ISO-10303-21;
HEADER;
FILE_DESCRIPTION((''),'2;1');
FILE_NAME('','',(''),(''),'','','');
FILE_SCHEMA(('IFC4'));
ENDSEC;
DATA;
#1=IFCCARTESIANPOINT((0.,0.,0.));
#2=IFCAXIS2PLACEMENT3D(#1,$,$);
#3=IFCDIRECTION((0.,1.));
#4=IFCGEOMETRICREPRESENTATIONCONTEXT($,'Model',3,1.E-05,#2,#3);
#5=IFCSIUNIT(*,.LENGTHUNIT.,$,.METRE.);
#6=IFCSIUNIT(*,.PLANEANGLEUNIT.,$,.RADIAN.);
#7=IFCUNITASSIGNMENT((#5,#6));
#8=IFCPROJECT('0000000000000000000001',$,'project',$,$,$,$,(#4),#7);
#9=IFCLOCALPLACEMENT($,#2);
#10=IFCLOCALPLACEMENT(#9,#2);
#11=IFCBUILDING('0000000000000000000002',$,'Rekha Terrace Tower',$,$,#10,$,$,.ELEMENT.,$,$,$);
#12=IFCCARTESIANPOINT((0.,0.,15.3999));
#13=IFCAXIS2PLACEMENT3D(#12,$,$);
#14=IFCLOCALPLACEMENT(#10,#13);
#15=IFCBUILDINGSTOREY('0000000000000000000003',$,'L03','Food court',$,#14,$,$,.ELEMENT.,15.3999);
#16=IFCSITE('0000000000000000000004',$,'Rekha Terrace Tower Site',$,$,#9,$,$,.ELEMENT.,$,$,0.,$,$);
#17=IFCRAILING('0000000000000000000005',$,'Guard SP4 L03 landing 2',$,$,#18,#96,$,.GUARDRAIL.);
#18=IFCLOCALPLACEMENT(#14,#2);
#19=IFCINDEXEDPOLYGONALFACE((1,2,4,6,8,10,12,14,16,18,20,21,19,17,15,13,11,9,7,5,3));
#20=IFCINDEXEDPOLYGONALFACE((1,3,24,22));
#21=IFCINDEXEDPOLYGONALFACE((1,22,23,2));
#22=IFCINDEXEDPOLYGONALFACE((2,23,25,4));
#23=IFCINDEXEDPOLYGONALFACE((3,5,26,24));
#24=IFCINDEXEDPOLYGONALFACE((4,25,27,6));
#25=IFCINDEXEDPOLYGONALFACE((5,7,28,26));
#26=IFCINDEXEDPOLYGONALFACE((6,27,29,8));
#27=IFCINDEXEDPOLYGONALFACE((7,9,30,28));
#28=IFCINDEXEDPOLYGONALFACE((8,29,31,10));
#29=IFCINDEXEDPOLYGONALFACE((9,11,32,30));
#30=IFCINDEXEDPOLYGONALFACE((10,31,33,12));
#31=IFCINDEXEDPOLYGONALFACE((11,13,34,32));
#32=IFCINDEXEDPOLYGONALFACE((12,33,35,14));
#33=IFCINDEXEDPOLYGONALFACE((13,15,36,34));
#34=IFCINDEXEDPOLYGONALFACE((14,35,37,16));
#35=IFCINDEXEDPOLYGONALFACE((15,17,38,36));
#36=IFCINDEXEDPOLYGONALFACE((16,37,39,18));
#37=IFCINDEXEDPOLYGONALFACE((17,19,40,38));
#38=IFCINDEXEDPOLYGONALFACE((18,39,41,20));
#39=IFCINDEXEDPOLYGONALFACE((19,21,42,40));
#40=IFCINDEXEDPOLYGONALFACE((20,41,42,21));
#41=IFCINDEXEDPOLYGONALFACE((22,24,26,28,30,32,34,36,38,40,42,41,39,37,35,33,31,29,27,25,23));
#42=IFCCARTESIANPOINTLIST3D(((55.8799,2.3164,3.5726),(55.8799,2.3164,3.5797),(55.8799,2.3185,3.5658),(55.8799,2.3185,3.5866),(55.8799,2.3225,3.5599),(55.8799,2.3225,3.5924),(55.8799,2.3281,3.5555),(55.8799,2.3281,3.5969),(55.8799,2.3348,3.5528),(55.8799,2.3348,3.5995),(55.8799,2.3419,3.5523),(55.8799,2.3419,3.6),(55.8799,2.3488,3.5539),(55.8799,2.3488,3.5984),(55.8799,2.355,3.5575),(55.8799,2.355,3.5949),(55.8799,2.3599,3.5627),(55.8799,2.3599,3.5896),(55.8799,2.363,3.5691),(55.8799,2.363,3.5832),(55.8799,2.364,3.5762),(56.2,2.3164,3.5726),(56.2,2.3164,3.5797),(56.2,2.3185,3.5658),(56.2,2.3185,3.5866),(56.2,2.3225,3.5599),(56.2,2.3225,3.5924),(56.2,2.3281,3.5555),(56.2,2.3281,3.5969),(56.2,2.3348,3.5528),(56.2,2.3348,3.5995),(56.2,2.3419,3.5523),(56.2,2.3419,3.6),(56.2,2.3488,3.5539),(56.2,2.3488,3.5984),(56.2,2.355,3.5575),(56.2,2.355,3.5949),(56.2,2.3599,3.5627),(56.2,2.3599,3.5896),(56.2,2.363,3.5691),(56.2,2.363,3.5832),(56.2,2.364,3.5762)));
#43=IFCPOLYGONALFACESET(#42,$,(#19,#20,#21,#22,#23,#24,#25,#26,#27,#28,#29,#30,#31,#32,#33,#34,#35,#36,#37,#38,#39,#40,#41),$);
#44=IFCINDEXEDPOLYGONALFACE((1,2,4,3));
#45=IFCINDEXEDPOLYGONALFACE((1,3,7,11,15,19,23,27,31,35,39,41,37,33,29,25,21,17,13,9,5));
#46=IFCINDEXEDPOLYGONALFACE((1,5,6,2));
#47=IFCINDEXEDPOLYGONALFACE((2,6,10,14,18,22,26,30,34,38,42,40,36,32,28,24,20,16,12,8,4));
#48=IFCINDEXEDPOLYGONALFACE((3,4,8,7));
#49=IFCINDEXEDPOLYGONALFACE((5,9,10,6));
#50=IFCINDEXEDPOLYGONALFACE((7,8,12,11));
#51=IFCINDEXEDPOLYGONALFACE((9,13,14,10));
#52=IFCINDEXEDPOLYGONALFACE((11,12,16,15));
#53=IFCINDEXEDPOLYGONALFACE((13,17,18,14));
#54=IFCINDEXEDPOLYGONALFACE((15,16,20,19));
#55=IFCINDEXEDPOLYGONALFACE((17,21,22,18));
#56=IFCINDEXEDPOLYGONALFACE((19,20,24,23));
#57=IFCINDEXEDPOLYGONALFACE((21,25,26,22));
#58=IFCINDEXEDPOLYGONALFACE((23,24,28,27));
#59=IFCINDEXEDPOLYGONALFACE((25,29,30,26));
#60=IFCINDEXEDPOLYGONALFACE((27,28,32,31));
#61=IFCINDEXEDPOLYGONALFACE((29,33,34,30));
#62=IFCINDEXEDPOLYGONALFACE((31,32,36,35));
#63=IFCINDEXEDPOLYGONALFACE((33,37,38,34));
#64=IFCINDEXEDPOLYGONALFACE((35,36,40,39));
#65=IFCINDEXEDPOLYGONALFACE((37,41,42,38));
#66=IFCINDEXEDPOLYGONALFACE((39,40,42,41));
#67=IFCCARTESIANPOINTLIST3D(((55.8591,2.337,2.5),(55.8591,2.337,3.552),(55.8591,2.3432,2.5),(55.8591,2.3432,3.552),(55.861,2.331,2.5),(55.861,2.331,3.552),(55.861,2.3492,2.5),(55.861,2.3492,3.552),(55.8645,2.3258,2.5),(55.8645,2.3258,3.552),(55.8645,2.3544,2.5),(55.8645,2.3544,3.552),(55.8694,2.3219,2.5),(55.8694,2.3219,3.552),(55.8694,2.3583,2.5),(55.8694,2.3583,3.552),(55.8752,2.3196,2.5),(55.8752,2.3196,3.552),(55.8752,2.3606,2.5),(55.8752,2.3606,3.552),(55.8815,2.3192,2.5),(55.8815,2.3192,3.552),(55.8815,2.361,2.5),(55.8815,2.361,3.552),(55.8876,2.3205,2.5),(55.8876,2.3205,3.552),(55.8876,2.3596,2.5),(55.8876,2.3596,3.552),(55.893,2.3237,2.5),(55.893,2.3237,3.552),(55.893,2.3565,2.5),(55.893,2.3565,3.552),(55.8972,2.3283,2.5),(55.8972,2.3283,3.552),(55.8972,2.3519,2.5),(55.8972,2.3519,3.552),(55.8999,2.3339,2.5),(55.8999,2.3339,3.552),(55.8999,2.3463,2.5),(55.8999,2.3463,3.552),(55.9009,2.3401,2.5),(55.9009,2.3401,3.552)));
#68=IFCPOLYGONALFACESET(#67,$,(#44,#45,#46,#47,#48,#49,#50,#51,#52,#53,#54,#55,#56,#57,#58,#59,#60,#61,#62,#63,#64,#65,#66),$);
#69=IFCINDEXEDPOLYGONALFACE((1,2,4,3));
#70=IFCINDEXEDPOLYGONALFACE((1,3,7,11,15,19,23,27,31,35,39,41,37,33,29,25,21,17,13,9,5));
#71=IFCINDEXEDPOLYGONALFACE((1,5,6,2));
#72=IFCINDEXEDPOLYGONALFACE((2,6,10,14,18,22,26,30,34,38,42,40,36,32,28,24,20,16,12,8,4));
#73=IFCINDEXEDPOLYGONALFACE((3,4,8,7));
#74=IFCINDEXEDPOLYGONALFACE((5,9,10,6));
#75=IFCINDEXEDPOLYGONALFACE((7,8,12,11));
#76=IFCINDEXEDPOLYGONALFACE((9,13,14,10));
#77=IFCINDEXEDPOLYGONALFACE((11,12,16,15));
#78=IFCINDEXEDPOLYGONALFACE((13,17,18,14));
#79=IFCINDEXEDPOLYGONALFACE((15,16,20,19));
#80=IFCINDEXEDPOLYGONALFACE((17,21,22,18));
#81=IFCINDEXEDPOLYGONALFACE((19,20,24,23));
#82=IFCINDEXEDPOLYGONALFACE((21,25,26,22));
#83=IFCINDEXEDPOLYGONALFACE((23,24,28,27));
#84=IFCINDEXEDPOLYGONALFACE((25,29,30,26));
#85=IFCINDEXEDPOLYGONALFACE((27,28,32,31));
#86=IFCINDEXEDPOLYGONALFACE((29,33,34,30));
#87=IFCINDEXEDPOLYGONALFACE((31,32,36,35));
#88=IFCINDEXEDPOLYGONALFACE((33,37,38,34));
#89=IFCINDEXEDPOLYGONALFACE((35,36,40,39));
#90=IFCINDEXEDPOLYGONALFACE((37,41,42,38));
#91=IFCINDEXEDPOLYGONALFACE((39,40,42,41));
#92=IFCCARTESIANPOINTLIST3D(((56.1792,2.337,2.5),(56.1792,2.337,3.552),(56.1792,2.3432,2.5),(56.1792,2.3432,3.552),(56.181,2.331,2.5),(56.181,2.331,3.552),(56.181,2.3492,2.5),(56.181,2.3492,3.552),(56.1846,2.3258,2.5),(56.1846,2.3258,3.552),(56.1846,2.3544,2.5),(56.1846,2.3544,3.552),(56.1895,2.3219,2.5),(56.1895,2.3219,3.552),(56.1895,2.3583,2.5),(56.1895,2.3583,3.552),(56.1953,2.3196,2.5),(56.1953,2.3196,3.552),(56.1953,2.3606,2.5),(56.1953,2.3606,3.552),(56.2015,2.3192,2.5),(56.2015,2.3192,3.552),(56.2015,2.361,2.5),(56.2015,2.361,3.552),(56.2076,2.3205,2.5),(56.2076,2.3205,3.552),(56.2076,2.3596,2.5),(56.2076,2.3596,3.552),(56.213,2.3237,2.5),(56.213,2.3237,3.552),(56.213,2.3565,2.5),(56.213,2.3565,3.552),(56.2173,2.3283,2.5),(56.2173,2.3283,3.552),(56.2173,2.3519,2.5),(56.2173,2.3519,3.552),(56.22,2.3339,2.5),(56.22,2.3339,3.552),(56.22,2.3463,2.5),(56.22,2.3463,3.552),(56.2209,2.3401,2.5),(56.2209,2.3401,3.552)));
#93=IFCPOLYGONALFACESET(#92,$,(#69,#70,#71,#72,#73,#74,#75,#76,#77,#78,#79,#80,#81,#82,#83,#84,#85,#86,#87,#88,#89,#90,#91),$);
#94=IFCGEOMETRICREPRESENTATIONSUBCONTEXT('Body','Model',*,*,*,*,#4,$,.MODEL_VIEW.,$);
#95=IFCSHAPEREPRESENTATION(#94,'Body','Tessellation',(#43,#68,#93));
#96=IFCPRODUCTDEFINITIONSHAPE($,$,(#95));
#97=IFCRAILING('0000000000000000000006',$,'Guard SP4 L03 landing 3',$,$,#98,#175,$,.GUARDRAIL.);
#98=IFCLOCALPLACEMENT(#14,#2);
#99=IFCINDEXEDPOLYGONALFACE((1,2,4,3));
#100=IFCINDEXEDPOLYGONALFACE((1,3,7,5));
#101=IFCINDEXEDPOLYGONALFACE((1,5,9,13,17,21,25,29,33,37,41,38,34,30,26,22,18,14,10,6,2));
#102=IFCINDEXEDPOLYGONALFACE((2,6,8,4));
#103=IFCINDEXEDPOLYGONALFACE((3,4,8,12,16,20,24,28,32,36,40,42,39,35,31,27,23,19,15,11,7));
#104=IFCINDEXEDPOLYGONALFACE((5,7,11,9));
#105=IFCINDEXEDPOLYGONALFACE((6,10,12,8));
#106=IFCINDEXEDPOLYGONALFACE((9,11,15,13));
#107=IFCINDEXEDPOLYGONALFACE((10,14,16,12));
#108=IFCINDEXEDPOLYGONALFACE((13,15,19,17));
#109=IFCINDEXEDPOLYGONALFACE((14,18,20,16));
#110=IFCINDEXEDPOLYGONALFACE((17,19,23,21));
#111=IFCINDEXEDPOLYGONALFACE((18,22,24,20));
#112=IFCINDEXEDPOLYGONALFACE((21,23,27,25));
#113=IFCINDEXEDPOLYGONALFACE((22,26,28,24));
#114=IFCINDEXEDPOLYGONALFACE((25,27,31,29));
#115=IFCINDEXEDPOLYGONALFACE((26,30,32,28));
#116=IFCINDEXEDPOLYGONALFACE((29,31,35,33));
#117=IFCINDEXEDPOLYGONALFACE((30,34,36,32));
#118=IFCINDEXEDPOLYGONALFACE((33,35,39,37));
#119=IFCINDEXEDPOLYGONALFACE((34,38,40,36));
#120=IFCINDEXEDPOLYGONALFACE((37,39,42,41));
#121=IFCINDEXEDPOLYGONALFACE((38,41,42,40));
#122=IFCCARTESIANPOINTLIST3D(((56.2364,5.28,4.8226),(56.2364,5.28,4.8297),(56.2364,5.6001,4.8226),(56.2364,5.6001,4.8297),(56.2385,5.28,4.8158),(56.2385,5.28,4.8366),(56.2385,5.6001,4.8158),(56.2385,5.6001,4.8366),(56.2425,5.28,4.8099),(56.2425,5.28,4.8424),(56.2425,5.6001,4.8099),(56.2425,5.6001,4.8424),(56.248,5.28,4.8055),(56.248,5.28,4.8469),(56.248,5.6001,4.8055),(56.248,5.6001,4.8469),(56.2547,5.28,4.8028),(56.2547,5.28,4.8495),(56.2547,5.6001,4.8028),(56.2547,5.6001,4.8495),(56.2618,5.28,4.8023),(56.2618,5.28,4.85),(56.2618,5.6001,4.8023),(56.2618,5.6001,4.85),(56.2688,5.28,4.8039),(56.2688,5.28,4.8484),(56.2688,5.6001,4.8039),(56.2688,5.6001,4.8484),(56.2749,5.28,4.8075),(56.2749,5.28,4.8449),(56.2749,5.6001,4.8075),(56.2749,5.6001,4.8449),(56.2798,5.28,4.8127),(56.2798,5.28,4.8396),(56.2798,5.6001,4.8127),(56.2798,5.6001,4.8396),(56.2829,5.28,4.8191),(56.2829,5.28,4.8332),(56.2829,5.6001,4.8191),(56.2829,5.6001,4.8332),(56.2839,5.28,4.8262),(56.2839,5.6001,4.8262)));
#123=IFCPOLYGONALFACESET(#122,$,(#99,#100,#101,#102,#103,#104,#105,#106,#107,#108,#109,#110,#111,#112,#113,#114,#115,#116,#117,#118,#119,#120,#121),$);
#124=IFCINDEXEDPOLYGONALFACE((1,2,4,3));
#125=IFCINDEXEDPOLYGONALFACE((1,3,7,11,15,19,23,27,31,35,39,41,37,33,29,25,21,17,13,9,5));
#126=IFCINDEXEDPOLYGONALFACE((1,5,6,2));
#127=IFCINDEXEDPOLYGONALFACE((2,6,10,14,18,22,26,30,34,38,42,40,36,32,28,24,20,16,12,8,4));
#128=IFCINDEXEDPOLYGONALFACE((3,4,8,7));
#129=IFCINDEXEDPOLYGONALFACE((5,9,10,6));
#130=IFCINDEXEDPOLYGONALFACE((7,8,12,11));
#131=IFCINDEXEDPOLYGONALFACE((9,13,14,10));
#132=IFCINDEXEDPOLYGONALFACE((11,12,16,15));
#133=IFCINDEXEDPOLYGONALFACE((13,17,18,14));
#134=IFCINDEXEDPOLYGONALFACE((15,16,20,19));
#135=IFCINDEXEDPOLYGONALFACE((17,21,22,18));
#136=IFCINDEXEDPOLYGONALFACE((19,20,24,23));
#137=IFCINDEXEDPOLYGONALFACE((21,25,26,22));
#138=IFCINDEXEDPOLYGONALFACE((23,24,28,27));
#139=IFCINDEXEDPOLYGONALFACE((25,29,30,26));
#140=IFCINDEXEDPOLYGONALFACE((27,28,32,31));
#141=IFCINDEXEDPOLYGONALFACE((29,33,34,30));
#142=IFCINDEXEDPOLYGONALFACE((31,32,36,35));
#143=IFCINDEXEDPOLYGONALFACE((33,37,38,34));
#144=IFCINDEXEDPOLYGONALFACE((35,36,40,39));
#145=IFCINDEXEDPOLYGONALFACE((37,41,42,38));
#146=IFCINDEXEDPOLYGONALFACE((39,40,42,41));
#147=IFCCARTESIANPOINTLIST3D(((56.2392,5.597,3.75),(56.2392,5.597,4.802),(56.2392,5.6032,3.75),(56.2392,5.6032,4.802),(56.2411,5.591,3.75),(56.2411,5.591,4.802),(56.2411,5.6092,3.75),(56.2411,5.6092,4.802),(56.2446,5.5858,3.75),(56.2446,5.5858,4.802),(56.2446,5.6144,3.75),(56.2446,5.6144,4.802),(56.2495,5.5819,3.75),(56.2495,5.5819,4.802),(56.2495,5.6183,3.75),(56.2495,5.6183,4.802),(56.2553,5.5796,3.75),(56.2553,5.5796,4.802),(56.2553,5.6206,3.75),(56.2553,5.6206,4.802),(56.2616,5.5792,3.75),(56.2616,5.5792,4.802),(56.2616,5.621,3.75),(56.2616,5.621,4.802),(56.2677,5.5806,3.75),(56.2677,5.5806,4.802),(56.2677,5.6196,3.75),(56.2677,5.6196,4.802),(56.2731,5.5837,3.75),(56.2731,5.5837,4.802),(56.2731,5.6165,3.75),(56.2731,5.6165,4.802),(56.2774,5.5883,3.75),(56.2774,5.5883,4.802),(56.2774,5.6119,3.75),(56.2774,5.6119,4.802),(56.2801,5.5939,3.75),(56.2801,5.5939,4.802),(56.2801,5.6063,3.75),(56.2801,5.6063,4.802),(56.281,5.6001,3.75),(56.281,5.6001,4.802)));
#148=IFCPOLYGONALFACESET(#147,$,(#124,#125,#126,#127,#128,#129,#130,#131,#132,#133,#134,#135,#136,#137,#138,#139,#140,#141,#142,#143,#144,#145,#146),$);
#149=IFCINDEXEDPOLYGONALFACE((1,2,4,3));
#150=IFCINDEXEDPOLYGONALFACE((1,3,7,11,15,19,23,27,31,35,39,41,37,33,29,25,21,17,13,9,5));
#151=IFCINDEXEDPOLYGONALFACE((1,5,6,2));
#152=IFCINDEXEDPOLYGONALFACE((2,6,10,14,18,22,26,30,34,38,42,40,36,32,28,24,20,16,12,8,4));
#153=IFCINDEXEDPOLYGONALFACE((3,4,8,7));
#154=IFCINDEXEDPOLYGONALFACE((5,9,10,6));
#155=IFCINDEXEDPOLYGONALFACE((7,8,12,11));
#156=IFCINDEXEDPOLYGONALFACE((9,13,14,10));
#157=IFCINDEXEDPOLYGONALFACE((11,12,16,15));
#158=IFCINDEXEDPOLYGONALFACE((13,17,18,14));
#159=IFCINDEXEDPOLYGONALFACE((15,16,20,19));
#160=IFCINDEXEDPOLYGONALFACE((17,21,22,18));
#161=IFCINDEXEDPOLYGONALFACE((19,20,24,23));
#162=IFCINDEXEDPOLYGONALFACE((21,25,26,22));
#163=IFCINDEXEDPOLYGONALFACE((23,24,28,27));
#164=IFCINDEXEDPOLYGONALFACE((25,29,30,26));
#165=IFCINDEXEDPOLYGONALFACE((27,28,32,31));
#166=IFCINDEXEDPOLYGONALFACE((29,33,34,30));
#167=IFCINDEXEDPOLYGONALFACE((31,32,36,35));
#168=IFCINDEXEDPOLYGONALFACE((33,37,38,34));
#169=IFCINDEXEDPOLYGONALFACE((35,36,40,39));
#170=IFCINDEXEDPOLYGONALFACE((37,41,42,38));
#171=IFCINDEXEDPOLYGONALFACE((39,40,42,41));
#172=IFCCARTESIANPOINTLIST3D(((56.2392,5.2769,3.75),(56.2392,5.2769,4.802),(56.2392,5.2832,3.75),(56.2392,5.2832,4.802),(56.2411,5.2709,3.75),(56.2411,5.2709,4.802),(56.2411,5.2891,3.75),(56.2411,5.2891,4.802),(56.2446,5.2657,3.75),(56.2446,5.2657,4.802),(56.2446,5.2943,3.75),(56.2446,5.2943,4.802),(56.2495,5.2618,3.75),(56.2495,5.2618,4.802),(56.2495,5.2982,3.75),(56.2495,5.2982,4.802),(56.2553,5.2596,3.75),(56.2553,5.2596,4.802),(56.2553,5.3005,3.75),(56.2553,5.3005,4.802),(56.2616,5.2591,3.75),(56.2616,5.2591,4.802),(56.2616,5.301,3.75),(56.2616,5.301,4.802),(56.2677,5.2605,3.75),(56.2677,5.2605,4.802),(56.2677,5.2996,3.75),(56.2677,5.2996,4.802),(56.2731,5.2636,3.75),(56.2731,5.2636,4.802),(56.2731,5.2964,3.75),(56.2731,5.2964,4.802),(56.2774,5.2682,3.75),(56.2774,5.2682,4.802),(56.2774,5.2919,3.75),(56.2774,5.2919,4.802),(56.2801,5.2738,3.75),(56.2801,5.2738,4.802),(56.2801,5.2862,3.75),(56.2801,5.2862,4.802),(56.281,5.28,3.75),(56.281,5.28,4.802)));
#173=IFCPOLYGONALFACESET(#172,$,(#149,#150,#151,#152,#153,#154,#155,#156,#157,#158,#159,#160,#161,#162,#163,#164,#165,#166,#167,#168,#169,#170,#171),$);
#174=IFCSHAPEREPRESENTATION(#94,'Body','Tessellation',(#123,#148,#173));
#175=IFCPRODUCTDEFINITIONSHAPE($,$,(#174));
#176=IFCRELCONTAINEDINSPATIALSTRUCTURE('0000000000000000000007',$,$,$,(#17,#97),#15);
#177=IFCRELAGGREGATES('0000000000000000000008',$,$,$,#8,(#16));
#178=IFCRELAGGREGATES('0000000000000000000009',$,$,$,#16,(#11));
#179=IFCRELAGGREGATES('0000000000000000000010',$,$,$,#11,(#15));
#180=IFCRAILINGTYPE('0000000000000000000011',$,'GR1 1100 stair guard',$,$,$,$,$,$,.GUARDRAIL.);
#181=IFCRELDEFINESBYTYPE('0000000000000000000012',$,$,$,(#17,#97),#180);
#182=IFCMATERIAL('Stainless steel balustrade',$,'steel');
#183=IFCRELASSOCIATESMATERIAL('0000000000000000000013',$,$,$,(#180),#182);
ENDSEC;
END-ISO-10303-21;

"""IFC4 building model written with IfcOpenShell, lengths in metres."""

from ifc_helpers import new_model, si_unit, direction, frame, origin, origin_2d, place, context, subcontext, project, spatial, circle, extrude, material, type_object, element, save


model = new_model("IFC4")

# Units and contexts
model_context = context("Model", 3, precision=1e-05, world=origin(), true_north=direction((0.0, 1.0)))
body_context = subcontext(model_context, "Body", "Model", "MODEL_VIEW")
ifc_project = project(units=[si_unit("LENGTHUNIT", "METRE"), si_unit("PLANEANGLEUNIT", "RADIAN")], contexts=[model_context])

# Site, building, storey
site_placement = place(None, origin())
site = spatial("IfcSite", under=ifc_project, at=site_placement, Name="Rekha Terrace Tower Site", CompositionType="ELEMENT", RefElevation=0.0)
building_placement = place(site_placement, origin())
building = spatial("IfcBuilding", under=site, at=building_placement, Name="Rekha Terrace Tower", CompositionType="ELEMENT")
storey_placement = place(building_placement, frame((0.0, 0.0, 15.3999)))
storey = spatial("IfcBuildingStorey", under=building, at=storey_placement, Name="L03", Description="Food court", CompositionType="ELEMENT", Elevation=15.3999)

# Railings
ifc_material_1 = material(Name="Stainless steel balustrade", Category="steel")
railing_type_1 = type_object("IfcRailingType", Name="GR1 1100 stair guard", PredefinedType="GUARDRAIL", material=ifc_material_1)
railing_1_placement = place(storey_placement, frame((55.8799, 2.3401, 2.5)))
element("IfcRailing", 1, at=railing_1_placement, inside=storey, type_object=railing_type_1, Name="Guard SP4 L03 landing 2", PredefinedType="GUARDRAIL", context=body_context, shape_type="SweptSolid", body=[
    extrude(circle(Radius=0.0239, at=origin_2d()), frame((0.0, 0.0, 1.0762), z_axis=(1.0, 0.0, 0.0), x_axis=(0.0, 1.0, 0.0)), (0.0, 0.0, 1.0), 0.3201),
    extrude(circle(Radius=0.021, at=origin_2d()), origin(), (0.0, 0.0, 1.0), 1.052),
    extrude(circle(Radius=0.021, at=origin_2d()), frame((0.3201, 0.0, 0.0)), (0.0, 0.0, 1.0), 1.052),
])
railing_2_placement = place(storey_placement, frame((56.26, 5.6001, 3.75)))
element("IfcRailing", 2, at=railing_2_placement, inside=storey, type_object=railing_type_1, Name="Guard SP4 L03 landing 3", PredefinedType="GUARDRAIL", context=body_context, shape_type="SweptSolid", body=[
    extrude(circle(Radius=0.0239, at=origin_2d()), frame((0.0, 0.0, 1.0762), z_axis=(0.0, -1.0, 0.0), x_axis=(1.0, 0.0, 0.0)), (0.0, 0.0, 1.0), 0.3201),
    extrude(circle(Radius=0.021, at=origin_2d()), origin(), (0.0, 0.0, 1.0), 1.052),
    extrude(circle(Radius=0.021, at=origin_2d()), frame((0.0, -0.3201, 0.0)), (0.0, 0.0, 1.0), 1.052),
])

save(model, "model.ifc")
